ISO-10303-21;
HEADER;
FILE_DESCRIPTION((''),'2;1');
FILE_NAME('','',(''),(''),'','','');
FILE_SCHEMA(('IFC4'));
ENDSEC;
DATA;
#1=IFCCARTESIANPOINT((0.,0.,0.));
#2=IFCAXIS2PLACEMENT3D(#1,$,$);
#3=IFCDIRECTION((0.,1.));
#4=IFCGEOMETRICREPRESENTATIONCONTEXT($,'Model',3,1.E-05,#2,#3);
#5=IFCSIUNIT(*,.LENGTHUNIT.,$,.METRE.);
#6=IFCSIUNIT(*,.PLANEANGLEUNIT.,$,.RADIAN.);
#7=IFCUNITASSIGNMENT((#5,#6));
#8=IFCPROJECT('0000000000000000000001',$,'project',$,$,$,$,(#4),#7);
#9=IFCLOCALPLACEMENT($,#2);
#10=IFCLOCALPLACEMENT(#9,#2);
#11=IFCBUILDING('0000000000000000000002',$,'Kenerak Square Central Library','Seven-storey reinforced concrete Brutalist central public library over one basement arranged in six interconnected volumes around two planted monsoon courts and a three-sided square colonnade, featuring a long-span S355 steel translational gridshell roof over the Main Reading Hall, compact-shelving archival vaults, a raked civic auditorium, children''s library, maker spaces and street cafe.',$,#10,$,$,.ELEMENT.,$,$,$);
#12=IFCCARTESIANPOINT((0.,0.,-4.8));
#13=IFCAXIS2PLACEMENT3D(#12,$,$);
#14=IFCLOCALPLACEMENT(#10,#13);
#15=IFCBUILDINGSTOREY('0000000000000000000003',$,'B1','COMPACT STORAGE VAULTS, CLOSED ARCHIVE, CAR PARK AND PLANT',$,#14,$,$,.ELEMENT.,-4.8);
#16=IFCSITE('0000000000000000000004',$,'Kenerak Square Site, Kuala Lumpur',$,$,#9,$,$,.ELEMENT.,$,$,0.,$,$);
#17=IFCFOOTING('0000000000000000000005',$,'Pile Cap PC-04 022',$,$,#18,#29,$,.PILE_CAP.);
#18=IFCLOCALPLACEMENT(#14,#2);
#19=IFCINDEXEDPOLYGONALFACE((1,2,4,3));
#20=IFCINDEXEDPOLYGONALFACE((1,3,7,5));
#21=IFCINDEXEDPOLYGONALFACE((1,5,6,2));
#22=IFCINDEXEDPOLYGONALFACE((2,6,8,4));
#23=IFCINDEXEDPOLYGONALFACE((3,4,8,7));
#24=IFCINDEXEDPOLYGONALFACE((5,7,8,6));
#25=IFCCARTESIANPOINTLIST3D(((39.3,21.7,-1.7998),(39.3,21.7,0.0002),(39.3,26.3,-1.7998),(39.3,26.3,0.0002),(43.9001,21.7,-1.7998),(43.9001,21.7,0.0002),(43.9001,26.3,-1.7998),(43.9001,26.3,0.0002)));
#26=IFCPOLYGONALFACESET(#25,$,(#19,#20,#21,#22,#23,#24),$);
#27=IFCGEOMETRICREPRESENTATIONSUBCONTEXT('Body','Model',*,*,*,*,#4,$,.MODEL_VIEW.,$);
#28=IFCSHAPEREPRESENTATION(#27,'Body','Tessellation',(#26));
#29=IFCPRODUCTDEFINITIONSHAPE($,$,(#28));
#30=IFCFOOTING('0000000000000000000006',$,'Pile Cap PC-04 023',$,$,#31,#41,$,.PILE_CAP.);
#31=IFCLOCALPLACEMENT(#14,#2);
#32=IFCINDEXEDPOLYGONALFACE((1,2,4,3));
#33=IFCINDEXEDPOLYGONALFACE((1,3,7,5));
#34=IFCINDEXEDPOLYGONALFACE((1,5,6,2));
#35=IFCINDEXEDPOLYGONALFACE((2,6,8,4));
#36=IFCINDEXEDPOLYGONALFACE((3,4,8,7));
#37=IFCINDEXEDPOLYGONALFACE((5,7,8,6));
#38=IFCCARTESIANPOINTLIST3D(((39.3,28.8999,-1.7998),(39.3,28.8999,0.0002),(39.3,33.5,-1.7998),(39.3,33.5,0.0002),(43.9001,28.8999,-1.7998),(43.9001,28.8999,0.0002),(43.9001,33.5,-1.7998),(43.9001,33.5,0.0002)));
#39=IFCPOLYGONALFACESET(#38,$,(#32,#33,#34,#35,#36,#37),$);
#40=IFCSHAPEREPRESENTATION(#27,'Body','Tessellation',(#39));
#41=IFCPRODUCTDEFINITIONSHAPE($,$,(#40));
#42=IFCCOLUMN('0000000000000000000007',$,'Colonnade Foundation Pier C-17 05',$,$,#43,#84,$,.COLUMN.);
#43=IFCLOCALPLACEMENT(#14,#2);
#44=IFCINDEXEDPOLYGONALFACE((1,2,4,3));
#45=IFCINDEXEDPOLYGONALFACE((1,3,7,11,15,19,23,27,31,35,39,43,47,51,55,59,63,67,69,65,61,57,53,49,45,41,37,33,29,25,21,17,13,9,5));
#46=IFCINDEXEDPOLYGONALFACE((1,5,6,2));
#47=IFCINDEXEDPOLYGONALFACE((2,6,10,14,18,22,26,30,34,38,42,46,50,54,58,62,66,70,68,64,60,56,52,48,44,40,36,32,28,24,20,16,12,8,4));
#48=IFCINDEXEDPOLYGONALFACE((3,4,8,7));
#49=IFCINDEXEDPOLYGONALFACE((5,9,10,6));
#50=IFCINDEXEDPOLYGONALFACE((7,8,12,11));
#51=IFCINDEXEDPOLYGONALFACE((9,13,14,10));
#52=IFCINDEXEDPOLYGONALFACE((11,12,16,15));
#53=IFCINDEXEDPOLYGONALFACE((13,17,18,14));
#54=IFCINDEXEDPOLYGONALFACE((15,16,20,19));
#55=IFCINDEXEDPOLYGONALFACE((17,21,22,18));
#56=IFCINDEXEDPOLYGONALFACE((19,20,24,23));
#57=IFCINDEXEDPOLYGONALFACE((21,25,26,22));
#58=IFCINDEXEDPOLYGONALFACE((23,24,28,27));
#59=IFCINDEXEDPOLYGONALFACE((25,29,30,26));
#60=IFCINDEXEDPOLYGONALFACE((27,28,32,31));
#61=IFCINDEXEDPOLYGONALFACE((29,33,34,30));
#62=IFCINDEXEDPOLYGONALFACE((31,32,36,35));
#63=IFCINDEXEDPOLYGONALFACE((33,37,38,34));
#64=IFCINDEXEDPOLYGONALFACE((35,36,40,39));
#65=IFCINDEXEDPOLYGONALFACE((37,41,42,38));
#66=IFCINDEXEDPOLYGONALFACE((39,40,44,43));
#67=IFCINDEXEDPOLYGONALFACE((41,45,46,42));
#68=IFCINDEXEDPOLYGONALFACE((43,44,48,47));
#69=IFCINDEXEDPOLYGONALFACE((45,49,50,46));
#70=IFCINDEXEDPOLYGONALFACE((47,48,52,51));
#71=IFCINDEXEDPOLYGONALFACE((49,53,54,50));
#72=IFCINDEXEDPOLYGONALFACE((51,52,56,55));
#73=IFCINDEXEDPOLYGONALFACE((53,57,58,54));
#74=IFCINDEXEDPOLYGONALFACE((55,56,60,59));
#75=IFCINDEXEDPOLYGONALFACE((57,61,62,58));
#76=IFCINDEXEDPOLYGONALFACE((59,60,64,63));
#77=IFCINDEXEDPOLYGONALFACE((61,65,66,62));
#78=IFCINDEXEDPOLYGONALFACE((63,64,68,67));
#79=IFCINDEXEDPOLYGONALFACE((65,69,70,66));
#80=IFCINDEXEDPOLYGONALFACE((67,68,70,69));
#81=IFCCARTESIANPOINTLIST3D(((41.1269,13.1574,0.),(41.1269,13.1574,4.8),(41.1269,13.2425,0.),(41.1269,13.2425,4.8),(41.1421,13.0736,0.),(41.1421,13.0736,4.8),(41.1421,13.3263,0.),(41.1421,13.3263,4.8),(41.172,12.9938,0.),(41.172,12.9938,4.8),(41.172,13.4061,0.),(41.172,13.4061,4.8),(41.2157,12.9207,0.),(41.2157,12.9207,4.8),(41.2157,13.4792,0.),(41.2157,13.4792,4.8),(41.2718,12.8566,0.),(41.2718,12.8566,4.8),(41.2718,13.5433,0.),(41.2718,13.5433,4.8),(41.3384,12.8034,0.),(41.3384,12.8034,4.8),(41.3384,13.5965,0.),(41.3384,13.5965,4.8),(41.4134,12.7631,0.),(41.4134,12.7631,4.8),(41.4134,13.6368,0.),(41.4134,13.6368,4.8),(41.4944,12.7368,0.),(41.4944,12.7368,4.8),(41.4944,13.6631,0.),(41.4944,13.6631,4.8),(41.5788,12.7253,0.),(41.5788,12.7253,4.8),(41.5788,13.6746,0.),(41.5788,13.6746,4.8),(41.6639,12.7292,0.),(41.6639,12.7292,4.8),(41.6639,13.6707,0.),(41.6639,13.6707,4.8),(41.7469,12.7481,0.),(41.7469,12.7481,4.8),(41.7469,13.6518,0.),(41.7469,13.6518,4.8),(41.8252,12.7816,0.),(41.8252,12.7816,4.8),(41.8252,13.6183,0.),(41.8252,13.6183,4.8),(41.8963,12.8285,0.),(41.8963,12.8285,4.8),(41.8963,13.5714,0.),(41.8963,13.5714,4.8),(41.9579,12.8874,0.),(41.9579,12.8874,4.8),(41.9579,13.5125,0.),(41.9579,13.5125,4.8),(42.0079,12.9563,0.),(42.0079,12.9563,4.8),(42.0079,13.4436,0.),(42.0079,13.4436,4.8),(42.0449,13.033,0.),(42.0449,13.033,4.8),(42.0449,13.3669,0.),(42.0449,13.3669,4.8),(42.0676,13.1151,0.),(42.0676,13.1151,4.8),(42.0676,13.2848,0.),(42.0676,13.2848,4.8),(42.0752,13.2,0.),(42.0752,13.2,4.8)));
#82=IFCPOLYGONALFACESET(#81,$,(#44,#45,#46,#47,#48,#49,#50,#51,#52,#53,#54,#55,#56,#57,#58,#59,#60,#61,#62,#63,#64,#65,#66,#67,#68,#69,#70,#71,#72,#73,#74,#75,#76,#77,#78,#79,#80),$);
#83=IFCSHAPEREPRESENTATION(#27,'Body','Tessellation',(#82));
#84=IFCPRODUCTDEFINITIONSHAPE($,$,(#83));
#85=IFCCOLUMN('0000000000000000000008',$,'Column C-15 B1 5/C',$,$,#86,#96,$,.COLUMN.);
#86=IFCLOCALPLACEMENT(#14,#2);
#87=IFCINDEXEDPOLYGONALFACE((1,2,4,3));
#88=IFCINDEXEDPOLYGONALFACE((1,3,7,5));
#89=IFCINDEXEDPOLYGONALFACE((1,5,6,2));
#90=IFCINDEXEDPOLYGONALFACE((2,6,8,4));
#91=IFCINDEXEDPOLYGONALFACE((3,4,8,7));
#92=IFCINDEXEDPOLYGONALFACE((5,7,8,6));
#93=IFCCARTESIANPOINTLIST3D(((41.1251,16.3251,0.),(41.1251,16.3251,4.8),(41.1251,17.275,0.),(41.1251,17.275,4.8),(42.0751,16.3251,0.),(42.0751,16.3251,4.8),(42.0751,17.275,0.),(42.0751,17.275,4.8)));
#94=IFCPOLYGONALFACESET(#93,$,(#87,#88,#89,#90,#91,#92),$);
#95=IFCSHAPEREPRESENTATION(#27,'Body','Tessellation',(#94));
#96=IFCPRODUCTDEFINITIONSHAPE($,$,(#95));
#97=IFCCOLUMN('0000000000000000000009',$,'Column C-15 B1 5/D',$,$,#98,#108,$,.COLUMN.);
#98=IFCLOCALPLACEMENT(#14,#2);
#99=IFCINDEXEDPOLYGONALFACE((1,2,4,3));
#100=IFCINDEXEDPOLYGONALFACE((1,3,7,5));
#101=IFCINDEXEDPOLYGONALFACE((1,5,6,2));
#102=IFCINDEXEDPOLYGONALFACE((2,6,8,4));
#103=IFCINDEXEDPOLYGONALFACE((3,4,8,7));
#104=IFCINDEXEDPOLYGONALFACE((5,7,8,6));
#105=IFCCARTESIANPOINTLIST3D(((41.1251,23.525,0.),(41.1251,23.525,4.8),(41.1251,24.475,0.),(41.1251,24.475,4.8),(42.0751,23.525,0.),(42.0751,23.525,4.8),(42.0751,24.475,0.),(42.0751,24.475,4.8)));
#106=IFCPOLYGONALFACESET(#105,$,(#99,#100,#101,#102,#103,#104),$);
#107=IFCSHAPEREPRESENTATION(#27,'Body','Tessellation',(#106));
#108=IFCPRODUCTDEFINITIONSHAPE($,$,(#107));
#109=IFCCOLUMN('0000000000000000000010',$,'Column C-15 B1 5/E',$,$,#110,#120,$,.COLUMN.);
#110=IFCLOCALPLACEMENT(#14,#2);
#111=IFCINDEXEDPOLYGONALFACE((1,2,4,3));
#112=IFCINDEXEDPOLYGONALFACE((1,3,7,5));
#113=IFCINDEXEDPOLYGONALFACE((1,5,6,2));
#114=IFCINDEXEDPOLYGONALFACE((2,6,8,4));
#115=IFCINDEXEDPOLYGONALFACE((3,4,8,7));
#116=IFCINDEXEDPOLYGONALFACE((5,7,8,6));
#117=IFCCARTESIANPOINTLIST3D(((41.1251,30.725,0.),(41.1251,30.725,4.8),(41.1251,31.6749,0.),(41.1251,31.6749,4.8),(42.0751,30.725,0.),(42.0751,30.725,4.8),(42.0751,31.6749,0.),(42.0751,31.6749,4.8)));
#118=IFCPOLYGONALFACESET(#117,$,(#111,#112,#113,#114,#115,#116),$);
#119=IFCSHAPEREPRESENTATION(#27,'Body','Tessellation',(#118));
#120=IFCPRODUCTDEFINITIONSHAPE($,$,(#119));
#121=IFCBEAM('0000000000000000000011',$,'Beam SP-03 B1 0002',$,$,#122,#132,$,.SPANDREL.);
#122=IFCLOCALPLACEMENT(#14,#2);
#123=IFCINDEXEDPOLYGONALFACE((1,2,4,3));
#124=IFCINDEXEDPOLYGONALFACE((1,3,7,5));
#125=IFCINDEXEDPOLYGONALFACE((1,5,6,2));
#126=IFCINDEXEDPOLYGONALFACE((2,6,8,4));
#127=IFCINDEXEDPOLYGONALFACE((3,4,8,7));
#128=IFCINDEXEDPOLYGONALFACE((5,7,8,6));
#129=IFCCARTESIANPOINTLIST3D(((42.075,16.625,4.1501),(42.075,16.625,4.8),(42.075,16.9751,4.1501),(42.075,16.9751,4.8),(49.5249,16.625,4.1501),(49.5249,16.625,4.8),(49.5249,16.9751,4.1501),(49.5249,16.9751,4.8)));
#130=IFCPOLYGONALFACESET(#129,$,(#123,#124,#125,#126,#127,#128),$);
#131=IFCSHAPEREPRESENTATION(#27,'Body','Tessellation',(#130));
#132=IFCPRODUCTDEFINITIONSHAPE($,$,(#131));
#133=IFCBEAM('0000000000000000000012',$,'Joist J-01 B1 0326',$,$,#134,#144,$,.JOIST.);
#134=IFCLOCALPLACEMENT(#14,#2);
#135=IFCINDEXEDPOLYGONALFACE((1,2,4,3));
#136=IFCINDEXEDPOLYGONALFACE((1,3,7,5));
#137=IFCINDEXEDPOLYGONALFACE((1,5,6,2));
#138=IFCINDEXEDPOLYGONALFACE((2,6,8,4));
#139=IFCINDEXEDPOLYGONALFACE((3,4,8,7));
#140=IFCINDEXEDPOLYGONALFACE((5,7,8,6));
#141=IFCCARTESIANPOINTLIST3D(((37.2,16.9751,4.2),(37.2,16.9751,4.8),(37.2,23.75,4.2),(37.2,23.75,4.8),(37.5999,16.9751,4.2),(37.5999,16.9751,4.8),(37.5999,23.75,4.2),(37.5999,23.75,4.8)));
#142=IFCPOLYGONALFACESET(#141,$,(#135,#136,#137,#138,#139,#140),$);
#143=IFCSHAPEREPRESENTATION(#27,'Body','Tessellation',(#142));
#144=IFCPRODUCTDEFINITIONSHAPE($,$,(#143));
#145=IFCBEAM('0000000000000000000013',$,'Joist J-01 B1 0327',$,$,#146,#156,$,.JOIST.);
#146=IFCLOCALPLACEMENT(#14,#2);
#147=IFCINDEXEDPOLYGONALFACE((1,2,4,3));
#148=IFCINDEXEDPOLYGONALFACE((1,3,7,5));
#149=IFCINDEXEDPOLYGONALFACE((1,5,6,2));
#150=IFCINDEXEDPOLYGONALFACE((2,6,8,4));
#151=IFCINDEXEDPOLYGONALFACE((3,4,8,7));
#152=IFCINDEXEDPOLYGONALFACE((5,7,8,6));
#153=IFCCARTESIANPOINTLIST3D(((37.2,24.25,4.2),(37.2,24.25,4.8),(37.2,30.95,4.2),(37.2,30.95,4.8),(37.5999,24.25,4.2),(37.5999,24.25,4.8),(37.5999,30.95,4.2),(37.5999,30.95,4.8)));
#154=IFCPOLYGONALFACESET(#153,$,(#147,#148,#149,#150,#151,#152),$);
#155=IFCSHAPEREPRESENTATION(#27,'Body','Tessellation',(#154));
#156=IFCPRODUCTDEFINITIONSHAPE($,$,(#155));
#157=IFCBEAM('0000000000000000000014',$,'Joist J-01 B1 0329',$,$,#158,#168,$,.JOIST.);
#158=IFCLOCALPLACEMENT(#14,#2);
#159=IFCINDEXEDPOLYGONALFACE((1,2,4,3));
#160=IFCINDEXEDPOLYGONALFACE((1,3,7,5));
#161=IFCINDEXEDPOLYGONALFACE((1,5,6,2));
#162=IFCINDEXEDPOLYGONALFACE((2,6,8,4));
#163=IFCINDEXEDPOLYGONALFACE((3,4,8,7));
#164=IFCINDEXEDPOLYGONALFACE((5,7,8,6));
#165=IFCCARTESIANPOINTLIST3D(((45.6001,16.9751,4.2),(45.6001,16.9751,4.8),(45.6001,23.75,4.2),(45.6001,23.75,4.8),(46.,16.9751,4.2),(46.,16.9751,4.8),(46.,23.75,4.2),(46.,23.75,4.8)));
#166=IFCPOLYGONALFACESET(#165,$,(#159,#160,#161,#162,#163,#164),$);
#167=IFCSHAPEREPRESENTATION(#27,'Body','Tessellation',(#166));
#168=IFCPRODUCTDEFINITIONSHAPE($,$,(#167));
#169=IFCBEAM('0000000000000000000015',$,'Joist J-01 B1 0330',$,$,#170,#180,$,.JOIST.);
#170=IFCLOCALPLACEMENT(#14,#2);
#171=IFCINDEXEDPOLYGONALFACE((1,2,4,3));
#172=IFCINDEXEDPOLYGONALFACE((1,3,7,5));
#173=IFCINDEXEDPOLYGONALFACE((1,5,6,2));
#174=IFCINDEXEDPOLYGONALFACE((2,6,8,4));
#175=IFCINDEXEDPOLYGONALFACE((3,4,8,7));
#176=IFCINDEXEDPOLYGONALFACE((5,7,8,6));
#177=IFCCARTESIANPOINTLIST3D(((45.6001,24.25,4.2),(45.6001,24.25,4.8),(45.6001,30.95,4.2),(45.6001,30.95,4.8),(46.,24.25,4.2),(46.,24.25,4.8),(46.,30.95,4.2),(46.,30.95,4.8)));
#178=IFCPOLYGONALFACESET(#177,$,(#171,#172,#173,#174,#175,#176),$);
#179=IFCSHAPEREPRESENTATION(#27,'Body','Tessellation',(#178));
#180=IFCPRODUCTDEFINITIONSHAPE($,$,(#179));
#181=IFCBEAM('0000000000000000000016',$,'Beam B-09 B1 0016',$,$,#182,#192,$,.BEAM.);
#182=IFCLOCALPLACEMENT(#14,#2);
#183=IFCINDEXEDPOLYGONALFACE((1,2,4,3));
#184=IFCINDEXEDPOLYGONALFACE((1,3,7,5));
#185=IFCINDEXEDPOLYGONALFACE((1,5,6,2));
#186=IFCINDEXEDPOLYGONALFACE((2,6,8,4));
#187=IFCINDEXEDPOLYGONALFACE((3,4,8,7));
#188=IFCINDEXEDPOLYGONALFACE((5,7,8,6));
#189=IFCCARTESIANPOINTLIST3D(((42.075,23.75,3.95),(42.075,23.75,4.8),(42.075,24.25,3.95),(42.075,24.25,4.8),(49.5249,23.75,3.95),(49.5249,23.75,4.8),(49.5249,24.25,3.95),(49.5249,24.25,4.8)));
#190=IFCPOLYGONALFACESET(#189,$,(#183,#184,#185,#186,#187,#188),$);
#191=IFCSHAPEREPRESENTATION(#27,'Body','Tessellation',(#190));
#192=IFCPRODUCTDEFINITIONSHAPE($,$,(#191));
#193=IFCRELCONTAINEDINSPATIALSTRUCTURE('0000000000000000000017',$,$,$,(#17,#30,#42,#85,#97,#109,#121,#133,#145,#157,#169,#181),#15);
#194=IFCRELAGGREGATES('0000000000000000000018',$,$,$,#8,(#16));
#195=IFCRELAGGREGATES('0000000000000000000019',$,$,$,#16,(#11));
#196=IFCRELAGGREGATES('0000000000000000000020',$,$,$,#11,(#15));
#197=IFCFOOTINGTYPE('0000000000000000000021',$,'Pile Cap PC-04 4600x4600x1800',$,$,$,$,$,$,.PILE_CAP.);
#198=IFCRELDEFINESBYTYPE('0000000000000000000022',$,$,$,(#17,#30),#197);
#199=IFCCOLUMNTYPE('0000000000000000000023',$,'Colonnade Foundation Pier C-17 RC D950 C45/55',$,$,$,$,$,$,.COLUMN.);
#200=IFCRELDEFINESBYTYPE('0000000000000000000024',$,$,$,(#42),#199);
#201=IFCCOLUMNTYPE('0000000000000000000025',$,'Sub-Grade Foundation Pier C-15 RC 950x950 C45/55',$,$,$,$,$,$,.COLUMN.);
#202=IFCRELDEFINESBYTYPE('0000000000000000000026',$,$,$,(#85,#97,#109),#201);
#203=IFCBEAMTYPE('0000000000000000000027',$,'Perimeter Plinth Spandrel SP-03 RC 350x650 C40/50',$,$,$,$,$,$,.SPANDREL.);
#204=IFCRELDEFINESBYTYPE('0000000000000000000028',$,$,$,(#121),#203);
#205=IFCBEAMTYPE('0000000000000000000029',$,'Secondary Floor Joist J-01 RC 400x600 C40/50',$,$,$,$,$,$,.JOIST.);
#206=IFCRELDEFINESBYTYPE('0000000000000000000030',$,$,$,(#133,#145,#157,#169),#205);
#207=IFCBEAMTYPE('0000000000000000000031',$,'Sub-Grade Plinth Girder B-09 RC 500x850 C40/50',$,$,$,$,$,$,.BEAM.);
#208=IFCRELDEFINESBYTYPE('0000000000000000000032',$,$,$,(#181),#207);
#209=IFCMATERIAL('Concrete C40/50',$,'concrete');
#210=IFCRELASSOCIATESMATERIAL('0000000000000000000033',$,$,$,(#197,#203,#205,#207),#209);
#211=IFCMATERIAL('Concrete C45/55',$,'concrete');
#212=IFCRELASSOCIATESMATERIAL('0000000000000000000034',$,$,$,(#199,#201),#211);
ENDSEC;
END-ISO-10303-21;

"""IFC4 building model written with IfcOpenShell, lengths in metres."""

from ifc_helpers import new_model, si_unit, direction, frame, origin, origin_2d, place, context, subcontext, project, spatial, rectangle, circle, extrude, material, material_profile, profile_set, type_object, element, save


model = new_model("IFC4")

# Units and contexts
model_context = context("Model", 3, precision=1e-05, world=origin(), true_north=direction((0.0, 1.0)))
body_context = subcontext(model_context, "Body", "Model", "MODEL_VIEW")
ifc_project = project(units=[si_unit("LENGTHUNIT", "METRE"), si_unit("PLANEANGLEUNIT", "RADIAN")], contexts=[model_context])

# Site, building, storey
site_placement = place(None, origin())
site = spatial("IfcSite", under=ifc_project, at=site_placement, Name="Kenerak Square Site, Kuala Lumpur", CompositionType="ELEMENT", RefElevation=0.0)
building_placement = place(site_placement, origin())
building = spatial("IfcBuilding", under=site, at=building_placement, Name="Kenerak Square Central Library", Description="Seven-storey reinforced concrete Brutalist central public library over one basement arranged in six interconnected volumes around two planted monsoon courts and a three-sided square colonnade, featuring a long-span S355 steel translational gridshell roof over the Main Reading Hall, compact-shelving archival vaults, a raked civic auditorium, children's library, maker spaces and street cafe.", CompositionType="ELEMENT")
storey_placement = place(building_placement, frame((0.0, 0.0, -4.8)))
storey = spatial("IfcBuildingStorey", under=building, at=storey_placement, Name="B1", Description="COMPACT STORAGE VAULTS, CLOSED ARCHIVE, CAR PARK AND PLANT", CompositionType="ELEMENT", Elevation=-4.8)

# Shared definitions
ifc_material_1 = material(Name="Concrete C40/50", Category="concrete")

# Footings
footing_type_1 = type_object("IfcFootingType", Name="Pile Cap PC-04 4600x4600x1800", PredefinedType="PILE_CAP", material=ifc_material_1)
for number, where, z_axis, x_axis, name in (
    (1, (41.6001, 24.0, -1.7998), (0.0, 0.0, 1.0), (1.0, 0.0, 0.0), "Pile Cap PC-04 022"),
    (2, (41.6001, 31.2, -1.7998), (0.0, 0.0, 1.0), (1.0, 0.0, 0.0), "Pile Cap PC-04 023"),
):
    element("IfcFooting", number, at=place(storey_placement, frame(where, z_axis=z_axis, x_axis=x_axis)), inside=storey, type_object=footing_type_1, Name=name, PredefinedType="PILE_CAP", context=body_context, shape_type="SweptSolid", body=[
        extrude(rectangle(XDim=4.6001, YDim=4.6001, at=origin_2d()), origin(), (0.0, 0.0, 1.0), 1.8),
    ])

# Columns
ifc_material_2 = material(Name="Concrete C45/55", Category="concrete")
ifc_material_profile_1 = material_profile(ifc_material_2, circle(Radius=0.4751, at=origin_2d()), Name="RC D950")
ifc_profile_set_1 = profile_set([ifc_material_profile_1], Name="Concrete C45/55")
column_type_1 = type_object("IfcColumnType", Name="Colonnade Foundation Pier C-17 RC D950 C45/55", PredefinedType="COLUMN", material=ifc_profile_set_1)
column_placement = place(storey_placement, frame((41.6001, 13.2, 0.0), z_axis=(0.0, 0.0, 1.0), x_axis=(1.0, 0.0, 0.0)))
element("IfcColumn", 3, at=column_placement, inside=storey, type_object=column_type_1, Name="Colonnade Foundation Pier C-17 05", PredefinedType="COLUMN", context=body_context, shape_type="SweptSolid", body=[
    extrude(circle(Radius=0.4751, at=origin_2d()), origin(), (0.0, 0.0, 1.0), 4.8),
])
ifc_material_profile_2 = material_profile(ifc_material_2, rectangle(XDim=0.95, YDim=0.95, at=origin_2d()), Name="RC 950x950")
ifc_profile_set_2 = profile_set([ifc_material_profile_2], Name="Concrete C45/55")
column_type_2 = type_object("IfcColumnType", Name="Sub-Grade Foundation Pier C-15 RC 950x950 C45/55", PredefinedType="COLUMN", material=ifc_profile_set_2)
for number, where, z_axis, x_axis, name in (
    (4, (41.6001, 16.8, 0.0), (0.0, 0.0, 1.0), (1.0, 0.0, 0.0), "Column C-15 B1 5/C"),
    (5, (41.6001, 24.0, 0.0), (0.0, 0.0, 1.0), (1.0, 0.0, 0.0), "Column C-15 B1 5/D"),
    (6, (41.6001, 31.2, 0.0), (0.0, 0.0, 1.0), (1.0, 0.0, 0.0), "Column C-15 B1 5/E"),
):
    element("IfcColumn", number, at=place(storey_placement, frame(where, z_axis=z_axis, x_axis=x_axis)), inside=storey, type_object=column_type_2, Name=name, PredefinedType="COLUMN", context=body_context, shape_type="SweptSolid", body=[
        extrude(rectangle(XDim=0.95, YDim=0.95, at=origin_2d()), origin(), (0.0, 0.0, 1.0), 4.8),
    ])

# Beams
ifc_material_profile_3 = material_profile(ifc_material_1, rectangle(XDim=0.3501, YDim=0.6499, at=origin_2d()), Name="RC 350x650")
ifc_profile_set_3 = profile_set([ifc_material_profile_3], Name="Concrete C40/50")
beam_type_1 = type_object("IfcBeamType", Name="Perimeter Plinth Spandrel SP-03 RC 350x650 C40/50", PredefinedType="SPANDREL", material=ifc_profile_set_3)
beam_1_placement = place(storey_placement, frame((42.075, 16.8, 4.4751), z_axis=(1.0, 0.0, 0.0), x_axis=(0.0, 1.0, 0.0)))
element("IfcBeam", 7, at=beam_1_placement, inside=storey, type_object=beam_type_1, Name="Beam SP-03 B1 0002", PredefinedType="SPANDREL", context=body_context, shape_type="SweptSolid", body=[
    extrude(rectangle(XDim=0.3501, YDim=0.6499, at=origin_2d()), origin(), (0.0, 0.0, 1.0), 7.45),
])
ifc_material_profile_4 = material_profile(ifc_material_1, rectangle(XDim=0.3999, YDim=0.6001, at=origin_2d()), Name="RC 400x600")
ifc_profile_set_4 = profile_set([ifc_material_profile_4], Name="Concrete C40/50")
beam_type_2 = type_object("IfcBeamType", Name="Secondary Floor Joist J-01 RC 400x600 C40/50", PredefinedType="JOIST", material=ifc_profile_set_4)
beam_2_placement = place(storey_placement, frame((37.3999, 16.9751, 4.5), z_axis=(0.0, 1.0, 0.0), x_axis=(-1.0, 0.0, 0.0)))
element("IfcBeam", 8, at=beam_2_placement, inside=storey, type_object=beam_type_2, Name="Joist J-01 B1 0326", PredefinedType="JOIST", context=body_context, shape_type="SweptSolid", body=[
    extrude(rectangle(XDim=0.3999, YDim=0.6001, at=origin_2d()), origin(), (0.0, 0.0, 1.0), 6.7749),
])
beam_3_placement = place(storey_placement, frame((37.3999, 24.25, 4.5), z_axis=(0.0, 1.0, 0.0), x_axis=(-1.0, 0.0, 0.0)))
element("IfcBeam", 9, at=beam_3_placement, inside=storey, type_object=beam_type_2, Name="Joist J-01 B1 0327", PredefinedType="JOIST", context=body_context, shape_type="SweptSolid", body=[
    extrude(rectangle(XDim=0.3999, YDim=0.6001, at=origin_2d()), origin(), (0.0, 0.0, 1.0), 6.7),
])
beam_4_placement = place(storey_placement, frame((45.8, 16.9751, 4.5), z_axis=(0.0, 1.0, 0.0), x_axis=(-1.0, 0.0, 0.0)))
element("IfcBeam", 10, at=beam_4_placement, inside=storey, type_object=beam_type_2, Name="Joist J-01 B1 0329", PredefinedType="JOIST", context=body_context, shape_type="SweptSolid", body=[
    extrude(rectangle(XDim=0.3999, YDim=0.6001, at=origin_2d()), origin(), (0.0, 0.0, 1.0), 6.7749),
])
beam_5_placement = place(storey_placement, frame((45.8, 24.25, 4.5), z_axis=(0.0, 1.0, 0.0), x_axis=(-1.0, 0.0, 0.0)))
element("IfcBeam", 11, at=beam_5_placement, inside=storey, type_object=beam_type_2, Name="Joist J-01 B1 0330", PredefinedType="JOIST", context=body_context, shape_type="SweptSolid", body=[
    extrude(rectangle(XDim=0.3999, YDim=0.6001, at=origin_2d()), origin(), (0.0, 0.0, 1.0), 6.7),
])
ifc_material_profile_5 = material_profile(ifc_material_1, rectangle(XDim=0.5, YDim=0.8501, at=origin_2d()), Name="RC 500x850")
ifc_profile_set_5 = profile_set([ifc_material_profile_5], Name="Concrete C40/50")
beam_type_3 = type_object("IfcBeamType", Name="Sub-Grade Plinth Girder B-09 RC 500x850 C40/50", PredefinedType="BEAM", material=ifc_profile_set_5)
for number, where, z_axis, x_axis, name in (
    (12, (42.075, 24.0, 4.375), (1.0, 0.0, 0.0), (0.0, 1.0, 0.0), "Beam B-09 B1 0016"),
):
    element("IfcBeam", number, at=place(storey_placement, frame(where, z_axis=z_axis, x_axis=x_axis)), inside=storey, type_object=beam_type_3, Name=name, PredefinedType="BEAM", context=body_context, shape_type="SweptSolid", body=[
        extrude(rectangle(XDim=0.5, YDim=0.8501, at=origin_2d()), origin(), (0.0, 0.0, 1.0), 7.45),
    ])

save(model, "model.ifc")
